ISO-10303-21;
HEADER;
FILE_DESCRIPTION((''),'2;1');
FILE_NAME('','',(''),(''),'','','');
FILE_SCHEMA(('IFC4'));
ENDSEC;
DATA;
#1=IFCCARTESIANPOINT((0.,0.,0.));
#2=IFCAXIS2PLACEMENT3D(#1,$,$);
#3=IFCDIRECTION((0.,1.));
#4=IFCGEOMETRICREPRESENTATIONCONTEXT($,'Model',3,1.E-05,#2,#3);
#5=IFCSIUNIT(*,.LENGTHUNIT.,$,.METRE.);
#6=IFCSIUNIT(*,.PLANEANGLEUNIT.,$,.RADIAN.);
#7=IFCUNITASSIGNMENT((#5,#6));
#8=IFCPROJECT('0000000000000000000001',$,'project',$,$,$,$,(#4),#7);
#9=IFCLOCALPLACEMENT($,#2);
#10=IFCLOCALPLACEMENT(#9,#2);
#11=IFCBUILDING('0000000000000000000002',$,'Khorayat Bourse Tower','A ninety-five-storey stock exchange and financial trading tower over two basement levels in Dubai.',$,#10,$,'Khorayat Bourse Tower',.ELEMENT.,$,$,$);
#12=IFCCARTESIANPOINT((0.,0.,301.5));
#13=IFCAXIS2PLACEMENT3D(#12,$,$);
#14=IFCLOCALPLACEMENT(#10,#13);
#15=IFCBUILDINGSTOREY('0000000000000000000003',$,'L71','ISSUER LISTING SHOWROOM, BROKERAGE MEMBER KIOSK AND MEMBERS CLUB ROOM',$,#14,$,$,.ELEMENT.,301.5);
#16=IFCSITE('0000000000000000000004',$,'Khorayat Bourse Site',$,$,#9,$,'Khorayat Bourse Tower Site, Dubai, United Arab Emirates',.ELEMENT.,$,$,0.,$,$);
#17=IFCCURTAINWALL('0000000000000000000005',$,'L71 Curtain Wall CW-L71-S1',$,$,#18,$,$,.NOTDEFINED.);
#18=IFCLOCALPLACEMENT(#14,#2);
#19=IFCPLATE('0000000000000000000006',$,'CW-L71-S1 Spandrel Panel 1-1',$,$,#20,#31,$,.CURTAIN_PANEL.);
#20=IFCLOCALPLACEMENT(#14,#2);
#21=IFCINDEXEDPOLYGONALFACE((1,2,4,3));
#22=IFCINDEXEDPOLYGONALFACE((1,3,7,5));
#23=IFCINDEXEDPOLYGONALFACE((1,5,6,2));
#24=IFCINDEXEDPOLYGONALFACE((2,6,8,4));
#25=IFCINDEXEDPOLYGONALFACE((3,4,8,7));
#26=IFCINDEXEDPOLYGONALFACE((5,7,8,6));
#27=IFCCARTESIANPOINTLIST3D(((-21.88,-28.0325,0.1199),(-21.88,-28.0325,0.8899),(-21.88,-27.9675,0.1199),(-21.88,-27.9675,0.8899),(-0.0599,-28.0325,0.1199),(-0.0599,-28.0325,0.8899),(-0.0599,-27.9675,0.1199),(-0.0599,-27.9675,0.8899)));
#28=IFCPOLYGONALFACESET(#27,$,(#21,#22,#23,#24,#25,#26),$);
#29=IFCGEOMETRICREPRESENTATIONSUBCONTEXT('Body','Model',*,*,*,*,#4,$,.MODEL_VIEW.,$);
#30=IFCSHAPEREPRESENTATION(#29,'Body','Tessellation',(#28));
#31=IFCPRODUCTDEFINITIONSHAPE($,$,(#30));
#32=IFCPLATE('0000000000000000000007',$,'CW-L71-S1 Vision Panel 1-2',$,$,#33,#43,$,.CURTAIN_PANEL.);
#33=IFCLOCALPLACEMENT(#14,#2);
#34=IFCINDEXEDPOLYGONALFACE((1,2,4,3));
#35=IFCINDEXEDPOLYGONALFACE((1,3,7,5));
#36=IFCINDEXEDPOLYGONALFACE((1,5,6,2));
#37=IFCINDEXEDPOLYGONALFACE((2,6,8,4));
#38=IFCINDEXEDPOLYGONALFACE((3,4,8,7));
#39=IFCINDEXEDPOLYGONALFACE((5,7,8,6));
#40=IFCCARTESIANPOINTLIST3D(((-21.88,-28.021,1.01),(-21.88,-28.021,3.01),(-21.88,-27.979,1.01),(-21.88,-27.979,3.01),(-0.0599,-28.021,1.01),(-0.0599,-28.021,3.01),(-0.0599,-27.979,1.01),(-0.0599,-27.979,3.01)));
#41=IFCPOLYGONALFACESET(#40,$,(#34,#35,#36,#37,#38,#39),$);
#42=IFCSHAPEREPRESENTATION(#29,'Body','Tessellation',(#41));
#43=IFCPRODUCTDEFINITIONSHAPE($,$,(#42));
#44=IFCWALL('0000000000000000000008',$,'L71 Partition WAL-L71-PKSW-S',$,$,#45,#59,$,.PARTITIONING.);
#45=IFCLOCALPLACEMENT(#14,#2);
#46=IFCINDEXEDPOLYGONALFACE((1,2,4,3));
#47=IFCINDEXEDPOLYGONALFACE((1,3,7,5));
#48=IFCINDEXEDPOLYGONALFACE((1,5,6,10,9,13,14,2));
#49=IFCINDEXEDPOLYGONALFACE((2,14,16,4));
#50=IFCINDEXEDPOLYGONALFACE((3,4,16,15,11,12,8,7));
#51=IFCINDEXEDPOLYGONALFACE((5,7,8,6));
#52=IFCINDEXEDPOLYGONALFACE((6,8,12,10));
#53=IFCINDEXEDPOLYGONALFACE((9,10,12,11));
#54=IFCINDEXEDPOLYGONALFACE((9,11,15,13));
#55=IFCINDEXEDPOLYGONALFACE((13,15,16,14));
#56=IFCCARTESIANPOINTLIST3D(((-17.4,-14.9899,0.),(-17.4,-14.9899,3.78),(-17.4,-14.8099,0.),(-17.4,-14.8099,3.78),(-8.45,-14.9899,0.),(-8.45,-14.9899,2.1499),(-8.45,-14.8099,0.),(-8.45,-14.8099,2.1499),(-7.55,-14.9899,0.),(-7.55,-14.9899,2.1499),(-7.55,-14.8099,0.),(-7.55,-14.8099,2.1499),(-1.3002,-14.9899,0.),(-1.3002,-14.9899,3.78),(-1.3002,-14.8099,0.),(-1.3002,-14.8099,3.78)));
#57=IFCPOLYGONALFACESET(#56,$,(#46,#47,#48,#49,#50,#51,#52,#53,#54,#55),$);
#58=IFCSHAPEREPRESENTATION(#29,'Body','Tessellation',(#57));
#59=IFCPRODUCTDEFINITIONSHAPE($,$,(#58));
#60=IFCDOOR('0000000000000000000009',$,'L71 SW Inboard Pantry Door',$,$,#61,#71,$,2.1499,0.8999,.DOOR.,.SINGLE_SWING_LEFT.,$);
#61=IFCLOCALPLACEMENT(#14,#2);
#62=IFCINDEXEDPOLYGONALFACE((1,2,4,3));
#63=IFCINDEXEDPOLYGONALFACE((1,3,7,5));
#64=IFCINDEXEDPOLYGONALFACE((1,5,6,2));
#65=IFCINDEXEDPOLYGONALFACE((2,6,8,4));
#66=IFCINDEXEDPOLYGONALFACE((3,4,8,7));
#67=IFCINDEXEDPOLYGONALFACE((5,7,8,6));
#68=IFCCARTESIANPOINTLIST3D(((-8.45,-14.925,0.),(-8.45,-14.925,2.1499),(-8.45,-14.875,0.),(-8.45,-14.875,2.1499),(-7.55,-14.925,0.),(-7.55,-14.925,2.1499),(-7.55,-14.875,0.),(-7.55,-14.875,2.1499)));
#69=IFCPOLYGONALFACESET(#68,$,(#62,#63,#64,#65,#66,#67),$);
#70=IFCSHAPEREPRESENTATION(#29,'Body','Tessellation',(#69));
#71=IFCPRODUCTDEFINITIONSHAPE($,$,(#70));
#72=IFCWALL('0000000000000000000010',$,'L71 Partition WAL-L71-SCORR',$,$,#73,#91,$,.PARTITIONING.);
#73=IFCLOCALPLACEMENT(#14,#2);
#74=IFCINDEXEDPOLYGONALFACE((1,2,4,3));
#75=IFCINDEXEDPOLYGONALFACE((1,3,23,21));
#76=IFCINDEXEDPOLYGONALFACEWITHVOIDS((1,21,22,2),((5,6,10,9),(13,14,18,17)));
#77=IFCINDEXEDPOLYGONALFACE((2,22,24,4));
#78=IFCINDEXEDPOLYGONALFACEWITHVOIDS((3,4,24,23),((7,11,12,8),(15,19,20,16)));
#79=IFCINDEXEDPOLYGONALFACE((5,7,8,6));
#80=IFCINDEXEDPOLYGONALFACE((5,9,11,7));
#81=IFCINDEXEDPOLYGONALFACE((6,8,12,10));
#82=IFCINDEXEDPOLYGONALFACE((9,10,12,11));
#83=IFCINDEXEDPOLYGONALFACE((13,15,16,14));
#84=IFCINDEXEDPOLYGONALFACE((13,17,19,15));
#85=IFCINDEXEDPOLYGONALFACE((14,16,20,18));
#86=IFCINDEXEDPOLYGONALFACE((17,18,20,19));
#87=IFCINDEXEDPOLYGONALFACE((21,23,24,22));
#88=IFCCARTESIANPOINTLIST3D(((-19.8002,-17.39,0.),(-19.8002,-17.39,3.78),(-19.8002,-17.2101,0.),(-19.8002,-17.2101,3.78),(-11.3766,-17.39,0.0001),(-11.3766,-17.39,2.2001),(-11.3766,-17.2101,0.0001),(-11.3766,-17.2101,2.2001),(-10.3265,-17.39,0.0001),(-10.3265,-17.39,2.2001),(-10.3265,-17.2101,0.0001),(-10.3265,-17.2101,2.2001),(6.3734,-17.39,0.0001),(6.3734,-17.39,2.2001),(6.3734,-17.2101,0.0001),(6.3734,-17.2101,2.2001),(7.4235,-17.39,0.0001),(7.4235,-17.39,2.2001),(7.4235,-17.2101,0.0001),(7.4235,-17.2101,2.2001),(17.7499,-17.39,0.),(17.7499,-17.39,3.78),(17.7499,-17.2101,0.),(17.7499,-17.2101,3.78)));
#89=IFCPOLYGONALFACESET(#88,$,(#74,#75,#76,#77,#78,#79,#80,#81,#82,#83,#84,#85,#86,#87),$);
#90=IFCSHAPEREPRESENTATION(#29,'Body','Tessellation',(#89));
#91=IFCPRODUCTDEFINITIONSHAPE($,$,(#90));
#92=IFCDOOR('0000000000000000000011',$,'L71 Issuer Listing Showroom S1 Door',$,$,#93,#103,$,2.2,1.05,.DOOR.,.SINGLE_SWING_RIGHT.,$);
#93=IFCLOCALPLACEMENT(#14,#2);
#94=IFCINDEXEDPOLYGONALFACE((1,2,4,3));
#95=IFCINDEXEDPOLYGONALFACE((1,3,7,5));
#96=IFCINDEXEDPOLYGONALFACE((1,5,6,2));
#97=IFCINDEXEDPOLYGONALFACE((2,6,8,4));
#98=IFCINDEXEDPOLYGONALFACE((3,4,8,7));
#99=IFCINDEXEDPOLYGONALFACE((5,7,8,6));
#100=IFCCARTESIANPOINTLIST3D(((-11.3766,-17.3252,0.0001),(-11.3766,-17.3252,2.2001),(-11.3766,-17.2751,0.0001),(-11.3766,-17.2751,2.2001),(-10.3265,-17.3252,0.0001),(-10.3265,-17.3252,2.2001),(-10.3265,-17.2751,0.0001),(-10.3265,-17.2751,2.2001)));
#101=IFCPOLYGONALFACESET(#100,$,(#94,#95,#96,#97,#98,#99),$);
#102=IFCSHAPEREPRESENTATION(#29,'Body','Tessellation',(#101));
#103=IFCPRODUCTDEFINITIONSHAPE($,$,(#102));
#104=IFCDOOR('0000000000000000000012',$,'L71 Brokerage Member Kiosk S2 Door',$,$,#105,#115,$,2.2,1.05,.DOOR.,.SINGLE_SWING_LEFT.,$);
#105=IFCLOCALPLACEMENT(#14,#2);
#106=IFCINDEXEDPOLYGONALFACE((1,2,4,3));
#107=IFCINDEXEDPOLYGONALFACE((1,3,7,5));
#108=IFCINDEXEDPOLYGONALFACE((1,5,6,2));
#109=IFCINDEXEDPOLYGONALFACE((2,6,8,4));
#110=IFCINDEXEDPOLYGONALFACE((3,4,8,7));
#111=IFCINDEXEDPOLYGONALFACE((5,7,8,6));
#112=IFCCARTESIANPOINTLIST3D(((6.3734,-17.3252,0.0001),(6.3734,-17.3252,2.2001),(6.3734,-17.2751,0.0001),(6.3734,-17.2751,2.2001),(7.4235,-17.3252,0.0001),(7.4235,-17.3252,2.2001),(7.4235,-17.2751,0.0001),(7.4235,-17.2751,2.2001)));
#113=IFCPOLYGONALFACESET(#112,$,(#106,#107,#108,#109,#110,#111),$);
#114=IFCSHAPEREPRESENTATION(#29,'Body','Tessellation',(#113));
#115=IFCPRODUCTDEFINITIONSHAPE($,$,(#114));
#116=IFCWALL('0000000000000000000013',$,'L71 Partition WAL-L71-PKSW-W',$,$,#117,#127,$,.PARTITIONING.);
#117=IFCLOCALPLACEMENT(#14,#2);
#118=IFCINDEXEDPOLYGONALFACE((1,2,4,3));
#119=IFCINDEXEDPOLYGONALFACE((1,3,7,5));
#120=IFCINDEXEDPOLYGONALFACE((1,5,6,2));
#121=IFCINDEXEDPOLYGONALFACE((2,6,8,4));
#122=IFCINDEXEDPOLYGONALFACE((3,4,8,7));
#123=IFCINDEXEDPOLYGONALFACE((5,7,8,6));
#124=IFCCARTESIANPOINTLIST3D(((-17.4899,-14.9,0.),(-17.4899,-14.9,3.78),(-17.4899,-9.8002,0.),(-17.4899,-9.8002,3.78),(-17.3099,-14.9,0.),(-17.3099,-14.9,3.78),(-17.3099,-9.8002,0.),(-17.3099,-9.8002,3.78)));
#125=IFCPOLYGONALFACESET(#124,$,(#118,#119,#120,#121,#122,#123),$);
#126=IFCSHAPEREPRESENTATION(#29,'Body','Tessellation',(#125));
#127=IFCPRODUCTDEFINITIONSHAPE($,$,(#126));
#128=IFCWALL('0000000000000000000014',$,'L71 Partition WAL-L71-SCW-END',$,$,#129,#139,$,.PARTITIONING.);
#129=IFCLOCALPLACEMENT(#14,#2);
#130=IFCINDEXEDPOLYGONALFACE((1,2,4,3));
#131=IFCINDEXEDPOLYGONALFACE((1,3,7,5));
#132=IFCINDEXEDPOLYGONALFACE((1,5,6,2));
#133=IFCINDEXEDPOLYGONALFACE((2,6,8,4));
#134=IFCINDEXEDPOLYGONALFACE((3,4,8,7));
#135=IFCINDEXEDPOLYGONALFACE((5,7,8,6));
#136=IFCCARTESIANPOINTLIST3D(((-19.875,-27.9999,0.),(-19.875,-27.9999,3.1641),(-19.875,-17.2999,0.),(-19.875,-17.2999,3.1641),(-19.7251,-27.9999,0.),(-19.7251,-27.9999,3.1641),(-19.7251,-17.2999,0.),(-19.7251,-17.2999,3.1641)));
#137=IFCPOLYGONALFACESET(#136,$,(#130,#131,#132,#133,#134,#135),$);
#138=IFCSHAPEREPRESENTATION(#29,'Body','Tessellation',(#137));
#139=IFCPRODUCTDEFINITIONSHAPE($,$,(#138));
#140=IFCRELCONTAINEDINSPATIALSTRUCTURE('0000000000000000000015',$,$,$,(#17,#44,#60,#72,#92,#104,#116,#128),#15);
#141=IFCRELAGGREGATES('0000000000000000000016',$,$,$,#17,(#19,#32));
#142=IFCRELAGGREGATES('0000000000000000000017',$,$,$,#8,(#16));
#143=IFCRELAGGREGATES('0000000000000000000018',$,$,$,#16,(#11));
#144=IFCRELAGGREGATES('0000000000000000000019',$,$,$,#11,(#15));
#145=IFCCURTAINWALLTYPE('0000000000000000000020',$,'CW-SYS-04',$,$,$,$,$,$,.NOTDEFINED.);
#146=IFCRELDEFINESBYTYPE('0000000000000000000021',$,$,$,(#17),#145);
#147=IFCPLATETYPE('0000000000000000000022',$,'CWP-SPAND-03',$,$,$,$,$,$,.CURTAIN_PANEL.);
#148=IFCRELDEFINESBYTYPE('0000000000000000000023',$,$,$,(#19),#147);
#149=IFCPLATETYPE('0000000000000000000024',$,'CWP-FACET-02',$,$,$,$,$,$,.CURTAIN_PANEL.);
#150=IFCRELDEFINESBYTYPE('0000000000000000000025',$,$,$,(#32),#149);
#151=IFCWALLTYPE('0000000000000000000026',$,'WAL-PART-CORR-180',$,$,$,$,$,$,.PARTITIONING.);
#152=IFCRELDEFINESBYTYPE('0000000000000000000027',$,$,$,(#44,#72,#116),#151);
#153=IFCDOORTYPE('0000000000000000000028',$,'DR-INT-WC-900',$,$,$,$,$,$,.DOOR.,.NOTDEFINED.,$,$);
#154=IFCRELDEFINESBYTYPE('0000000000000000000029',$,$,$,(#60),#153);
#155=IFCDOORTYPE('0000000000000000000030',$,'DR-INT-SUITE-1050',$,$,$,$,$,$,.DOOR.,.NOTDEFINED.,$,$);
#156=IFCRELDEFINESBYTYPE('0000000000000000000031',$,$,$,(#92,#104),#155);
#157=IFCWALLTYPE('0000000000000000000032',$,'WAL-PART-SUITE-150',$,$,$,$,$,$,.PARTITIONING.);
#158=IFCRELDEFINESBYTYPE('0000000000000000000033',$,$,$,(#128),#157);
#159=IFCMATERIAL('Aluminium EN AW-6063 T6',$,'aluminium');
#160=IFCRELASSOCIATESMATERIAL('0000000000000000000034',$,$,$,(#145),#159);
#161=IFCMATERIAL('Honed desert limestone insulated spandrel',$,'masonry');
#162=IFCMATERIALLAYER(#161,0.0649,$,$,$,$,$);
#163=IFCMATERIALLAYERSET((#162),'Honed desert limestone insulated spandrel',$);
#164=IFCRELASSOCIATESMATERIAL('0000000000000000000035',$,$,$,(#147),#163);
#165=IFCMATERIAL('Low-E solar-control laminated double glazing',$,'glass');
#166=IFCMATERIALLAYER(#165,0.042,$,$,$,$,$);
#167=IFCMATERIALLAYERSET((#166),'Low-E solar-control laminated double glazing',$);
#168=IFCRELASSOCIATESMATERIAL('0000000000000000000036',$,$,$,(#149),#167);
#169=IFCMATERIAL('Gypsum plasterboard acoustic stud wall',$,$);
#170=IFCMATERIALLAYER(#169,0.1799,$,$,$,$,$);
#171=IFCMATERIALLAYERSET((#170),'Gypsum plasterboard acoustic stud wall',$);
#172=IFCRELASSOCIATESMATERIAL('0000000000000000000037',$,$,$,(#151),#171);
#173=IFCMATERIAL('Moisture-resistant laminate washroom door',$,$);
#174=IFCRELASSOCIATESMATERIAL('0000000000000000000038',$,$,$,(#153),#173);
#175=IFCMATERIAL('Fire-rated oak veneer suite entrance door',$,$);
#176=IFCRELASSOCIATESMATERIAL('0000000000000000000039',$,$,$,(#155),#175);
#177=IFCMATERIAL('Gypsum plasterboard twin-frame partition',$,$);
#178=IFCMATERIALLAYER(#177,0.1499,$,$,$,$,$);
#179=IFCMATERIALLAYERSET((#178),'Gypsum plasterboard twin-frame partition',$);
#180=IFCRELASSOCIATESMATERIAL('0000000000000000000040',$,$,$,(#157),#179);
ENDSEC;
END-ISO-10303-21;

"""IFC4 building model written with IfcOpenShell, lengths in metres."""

from ifc_helpers import new_model, si_unit, direction, frame, frame_2d, origin, origin_2d, place, context, subcontext, project, spatial, rectangle, extrude, source, transform, mapped, material, layer, layer_set, type_object, element, fill, aggregate, save


model = new_model("IFC4")

# Units and contexts
model_context = context("Model", 3, precision=1e-05, world=origin(), true_north=direction((0.0, 1.0)))
body_context = subcontext(model_context, "Body", "Model", "MODEL_VIEW")
ifc_project = project(units=[si_unit("LENGTHUNIT", "METRE"), si_unit("PLANEANGLEUNIT", "RADIAN")], contexts=[model_context])

# Site, building, storey
site_placement = place(None, origin())
site = spatial("IfcSite", under=ifc_project, at=site_placement, Name="Khorayat Bourse Site", LongName="Khorayat Bourse Tower Site, Dubai, United Arab Emirates", CompositionType="ELEMENT", RefElevation=0.0)
building_placement = place(site_placement, origin())
building = spatial("IfcBuilding", under=site, at=building_placement, Name="Khorayat Bourse Tower", Description="A ninety-five-storey stock exchange and financial trading tower over two basement levels in Dubai.", LongName="Khorayat Bourse Tower", CompositionType="ELEMENT")
storey_placement = place(building_placement, frame((0.0, 0.0, 301.5)))
storey = spatial("IfcBuildingStorey", under=building, at=storey_placement, Name="L71", Description="ISSUER LISTING SHOWROOM, BROKERAGE MEMBER KIOSK AND MEMBERS CLUB ROOM", CompositionType="ELEMENT", Elevation=301.5)

# Curtain wall
ifc_material_1 = material(Name="Aluminium EN AW-6063 T6", Category="aluminium")
curtain_wall_type = type_object("IfcCurtainWallType", Name="CW-SYS-04", PredefinedType="NOTDEFINED", material=ifc_material_1)
curtain_wall_placement = place(storey_placement, origin())
curtain_wall = element("IfcCurtainWall", 1, at=curtain_wall_placement, inside=storey, type_object=curtain_wall_type, Name="L71 Curtain Wall CW-L71-S1", PredefinedType="NOTDEFINED")

# Plates
ifc_material_2 = material(Name="Honed desert limestone insulated spandrel", Category="masonry")
ifc_layer_1 = layer(ifc_material_2, 0.0649)
ifc_layer_set_1 = layer_set([ifc_layer_1], Name="Honed desert limestone insulated spandrel")
plate_type_1 = type_object("IfcPlateType", Name="CWP-SPAND-03", PredefinedType="CURTAIN_PANEL", material=ifc_layer_set_1)
shared_shape_1 = source(origin(), body_context, "Body", "SweptSolid", [
    extrude(rectangle(XDim=21.8201, YDim=0.0649, at=origin_2d()), origin(), (0.0, 0.0, 1.0), 0.77),
])
plate_1_placement = place(storey_placement, frame((-10.97, -28.0, 0.1199), z_axis=(0.0, 0.0, 1.0), x_axis=(1.0, 0.0, 0.0)))
plate_1 = element("IfcPlate", 2, at=plate_1_placement, type_object=plate_type_1, Name="CW-L71-S1 Spandrel Panel 1-1", PredefinedType="CURTAIN_PANEL", context=body_context, shape_type="MappedRepresentation", body=[
    mapped(shared_shape_1, transform((0.0, 0.0, 0.0), scale=1.0)),
])
ifc_material_3 = material(Name="Low-E solar-control laminated double glazing", Category="glass")
ifc_layer_2 = layer(ifc_material_3, 0.042)
ifc_layer_set_2 = layer_set([ifc_layer_2], Name="Low-E solar-control laminated double glazing")
plate_type_2 = type_object("IfcPlateType", Name="CWP-FACET-02", PredefinedType="CURTAIN_PANEL", material=ifc_layer_set_2)
shared_shape_2 = source(origin(), body_context, "Body", "SweptSolid", [
    extrude(rectangle(XDim=21.8201, YDim=0.042, at=origin_2d()), origin(), (0.0, 0.0, 1.0), 2.0),
])
plate_2_placement = place(storey_placement, frame((-10.97, -28.0, 1.01), z_axis=(0.0, 0.0, 1.0), x_axis=(1.0, 0.0, 0.0)))
plate_2 = element("IfcPlate", 3, at=plate_2_placement, type_object=plate_type_2, Name="CW-L71-S1 Vision Panel 1-2", PredefinedType="CURTAIN_PANEL", context=body_context, shape_type="MappedRepresentation", body=[
    mapped(shared_shape_2, transform((0.0, 0.0, 0.0), scale=1.0)),
])
aggregate(curtain_wall, [plate_1, plate_2])

# Wall, opening, door
ifc_material_4 = material(Name="Gypsum plasterboard acoustic stud wall")
ifc_layer_3 = layer(ifc_material_4, 0.1799)
ifc_layer_set_3 = layer_set([ifc_layer_3], Name="Gypsum plasterboard acoustic stud wall")
wall_type_1 = type_object("IfcWallType", Name="WAL-PART-CORR-180", PredefinedType="PARTITIONING", material=ifc_layer_set_3)
shared_shape_3 = source(origin(), body_context, "Body", "SweptSolid", [
    extrude(rectangle(XDim=16.0999, YDim=0.1799, at=frame_2d((8.0498, 0.0))), origin(), (0.0, 0.0, 1.0), 3.78),
])
wall_1_placement = place(storey_placement, frame((-17.3999, -14.8999, 0.0), z_axis=(0.0, 0.0, 1.0), x_axis=(1.0, 0.0, 0.0)))
wall_1 = element("IfcWall", 4, at=wall_1_placement, inside=storey, type_object=wall_type_1, Name="L71 Partition WAL-L71-PKSW-S", PredefinedType="PARTITIONING", context=body_context, shape_type="MappedRepresentation", body=[
    mapped(shared_shape_3, transform((0.0, 0.0, 0.0), scale=1.0)),
])
shared_shape_4 = source(origin(), body_context, "Body", "SweptSolid", [
    extrude(rectangle(XDim=0.8999, YDim=2.1499, at=frame_2d((0.45, 1.075))), frame((0.0, 0.0999, 0.0), z_axis=(0.0, -1.0, 0.0), x_axis=(1.0, 0.0, 0.0)), (0.0, 0.0, 1.0), 0.2),
])
opening_1_placement = place(wall_1_placement, frame((8.95, 0.0, 0.0)))
opening_1 = element("IfcOpeningElement", 5, at=opening_1_placement, cuts=wall_1, PredefinedType="OPENING", context=body_context, shape_type="MappedRepresentation", body=[
    mapped(shared_shape_4, transform((0.0, 0.0, 0.0), scale=1.0)),
])
ifc_material_5 = material(Name="Moisture-resistant laminate washroom door")
door_type_1 = type_object("IfcDoorType", Name="DR-INT-WC-900", OperationType="NOTDEFINED", PredefinedType="DOOR", material=ifc_material_5)
shared_shape_5 = source(origin(), body_context, "Body", "SweptSolid", [
    extrude(rectangle(XDim=0.8999, YDim=2.1499, at=frame_2d((0.45, 1.075))), frame((0.0, 0.0249, 0.0), z_axis=(0.0, -1.0, 0.0), x_axis=(1.0, 0.0, 0.0)), (0.0, 0.0, 1.0), 0.05),
])
door_1_placement = place(opening_1_placement, origin())
door_1 = element("IfcDoor", 6, at=door_1_placement, inside=storey, type_object=door_type_1, Name="L71 SW Inboard Pantry Door", OperationType="SINGLE_SWING_LEFT", OverallHeight=2.1499, OverallWidth=0.8999, PredefinedType="DOOR", context=body_context, shape_type="MappedRepresentation", body=[
    mapped(shared_shape_5, transform((0.0, 0.0, 0.0), scale=1.0)),
])
fill(opening_1, door_1)

# Wall, openings, doors
shared_shape_6 = source(origin(), body_context, "Body", "SweptSolid", [
    extrude(rectangle(XDim=37.55, YDim=0.1799, at=frame_2d((18.7749, 0.0))), origin(), (0.0, 0.0, 1.0), 3.78),
])
wall_2_placement = place(storey_placement, frame((-19.8, -17.3, 0.0), z_axis=(0.0, 0.0, 1.0), x_axis=(1.0, 0.0, 0.0)))
wall_2 = element("IfcWall", 7, at=wall_2_placement, inside=storey, type_object=wall_type_1, Name="L71 Partition WAL-L71-SCORR", PredefinedType="PARTITIONING", context=body_context, shape_type="MappedRepresentation", body=[
    mapped(shared_shape_6, transform((0.0, 0.0, 0.0), scale=1.0)),
])
shared_shape_7 = source(origin(), body_context, "Body", "SweptSolid", [
    extrude(rectangle(XDim=1.05, YDim=2.2, at=frame_2d((0.5249, 1.1001))), frame((0.0, 0.0999, 0.0), z_axis=(0.0, -1.0, 0.0), x_axis=(1.0, 0.0, 0.0)), (0.0, 0.0, 1.0), 0.2),
])
opening_2_placement = place(wall_2_placement, frame((8.4236, 0.0, 0.0)))
opening_2 = element("IfcOpeningElement", 8, at=opening_2_placement, cuts=wall_2, PredefinedType="OPENING", context=body_context, shape_type="MappedRepresentation", body=[
    mapped(shared_shape_7, transform((0.0, 0.0, 0.0), scale=1.0)),
])
opening_3_placement = place(wall_2_placement, frame((26.1736, 0.0, 0.0)))
opening_3 = element("IfcOpeningElement", 9, at=opening_3_placement, cuts=wall_2, PredefinedType="OPENING", context=body_context, shape_type="MappedRepresentation", body=[
    mapped(shared_shape_7, transform((0.0, 0.0, 0.0), scale=1.0)),
])
ifc_material_6 = material(Name="Fire-rated oak veneer suite entrance door")
door_type_2 = type_object("IfcDoorType", Name="DR-INT-SUITE-1050", OperationType="NOTDEFINED", PredefinedType="DOOR", material=ifc_material_6)
shared_shape_8 = source(origin(), body_context, "Body", "SweptSolid", [
    extrude(rectangle(XDim=1.05, YDim=2.2, at=frame_2d((0.5249, 1.1001))), frame((0.0, 0.0249, 0.0), z_axis=(0.0, -1.0, 0.0), x_axis=(1.0, 0.0, 0.0)), (0.0, 0.0, 1.0), 0.05),
])
door_2_placement = place(opening_2_placement, origin())
door_2 = element("IfcDoor", 10, at=door_2_placement, inside=storey, type_object=door_type_2, Name="L71 Issuer Listing Showroom S1 Door", OperationType="SINGLE_SWING_RIGHT", OverallHeight=2.2, OverallWidth=1.05, PredefinedType="DOOR", context=body_context, shape_type="MappedRepresentation", body=[
    mapped(shared_shape_8, transform((0.0, 0.0, 0.0), scale=1.0)),
])
fill(opening_2, door_2)
door_3_placement = place(opening_3_placement, origin())
door_3 = element("IfcDoor", 11, at=door_3_placement, inside=storey, type_object=door_type_2, Name="L71 Brokerage Member Kiosk S2 Door", OperationType="SINGLE_SWING_LEFT", OverallHeight=2.2, OverallWidth=1.05, PredefinedType="DOOR", context=body_context, shape_type="MappedRepresentation", body=[
    mapped(shared_shape_8, transform((0.0, 0.0, 0.0), scale=1.0)),
])
fill(opening_3, door_3)

# Walls
shared_shape_9 = source(origin(), body_context, "Body", "SweptSolid", [
    extrude(rectangle(XDim=5.0999, YDim=0.1799, at=frame_2d((2.5498, 0.0))), origin(), (0.0, 0.0, 1.0), 3.78),
])
wall_3_placement = place(storey_placement, frame((-17.3999, -14.8999, 0.0), z_axis=(0.0, 0.0, 1.0), x_axis=(0.0, 1.0, 0.0)))
element("IfcWall", 12, at=wall_3_placement, inside=storey, type_object=wall_type_1, Name="L71 Partition WAL-L71-PKSW-W", PredefinedType="PARTITIONING", context=body_context, shape_type="MappedRepresentation", body=[
    mapped(shared_shape_9, transform((0.0, 0.0, 0.0), scale=1.0)),
])
ifc_material_7 = material(Name="Gypsum plasterboard twin-frame partition")
ifc_layer_4 = layer(ifc_material_7, 0.1499)
ifc_layer_set_4 = layer_set([ifc_layer_4], Name="Gypsum plasterboard twin-frame partition")
wall_type_2 = type_object("IfcWallType", Name="WAL-PART-SUITE-150", PredefinedType="PARTITIONING", material=ifc_layer_set_4)
shared_shape_10 = source(origin(), body_context, "Body", "SweptSolid", [
    extrude(rectangle(XDim=10.7, YDim=0.1499, at=frame_2d((5.3501, 0.0))), origin(), (0.0, 0.0, 1.0), 3.1641),
])
wall_4_placement = place(storey_placement, frame((-19.8, -28.0, 0.0), z_axis=(0.0, 0.0, 1.0), x_axis=(0.0, 1.0, 0.0)))
element("IfcWall", 13, at=wall_4_placement, inside=storey, type_object=wall_type_2, Name="L71 Partition WAL-L71-SCW-END", PredefinedType="PARTITIONING", context=body_context, shape_type="MappedRepresentation", body=[
    mapped(shared_shape_10, transform((0.0, 0.0, 0.0), scale=1.0)),
])

save(model, "model.ifc")
